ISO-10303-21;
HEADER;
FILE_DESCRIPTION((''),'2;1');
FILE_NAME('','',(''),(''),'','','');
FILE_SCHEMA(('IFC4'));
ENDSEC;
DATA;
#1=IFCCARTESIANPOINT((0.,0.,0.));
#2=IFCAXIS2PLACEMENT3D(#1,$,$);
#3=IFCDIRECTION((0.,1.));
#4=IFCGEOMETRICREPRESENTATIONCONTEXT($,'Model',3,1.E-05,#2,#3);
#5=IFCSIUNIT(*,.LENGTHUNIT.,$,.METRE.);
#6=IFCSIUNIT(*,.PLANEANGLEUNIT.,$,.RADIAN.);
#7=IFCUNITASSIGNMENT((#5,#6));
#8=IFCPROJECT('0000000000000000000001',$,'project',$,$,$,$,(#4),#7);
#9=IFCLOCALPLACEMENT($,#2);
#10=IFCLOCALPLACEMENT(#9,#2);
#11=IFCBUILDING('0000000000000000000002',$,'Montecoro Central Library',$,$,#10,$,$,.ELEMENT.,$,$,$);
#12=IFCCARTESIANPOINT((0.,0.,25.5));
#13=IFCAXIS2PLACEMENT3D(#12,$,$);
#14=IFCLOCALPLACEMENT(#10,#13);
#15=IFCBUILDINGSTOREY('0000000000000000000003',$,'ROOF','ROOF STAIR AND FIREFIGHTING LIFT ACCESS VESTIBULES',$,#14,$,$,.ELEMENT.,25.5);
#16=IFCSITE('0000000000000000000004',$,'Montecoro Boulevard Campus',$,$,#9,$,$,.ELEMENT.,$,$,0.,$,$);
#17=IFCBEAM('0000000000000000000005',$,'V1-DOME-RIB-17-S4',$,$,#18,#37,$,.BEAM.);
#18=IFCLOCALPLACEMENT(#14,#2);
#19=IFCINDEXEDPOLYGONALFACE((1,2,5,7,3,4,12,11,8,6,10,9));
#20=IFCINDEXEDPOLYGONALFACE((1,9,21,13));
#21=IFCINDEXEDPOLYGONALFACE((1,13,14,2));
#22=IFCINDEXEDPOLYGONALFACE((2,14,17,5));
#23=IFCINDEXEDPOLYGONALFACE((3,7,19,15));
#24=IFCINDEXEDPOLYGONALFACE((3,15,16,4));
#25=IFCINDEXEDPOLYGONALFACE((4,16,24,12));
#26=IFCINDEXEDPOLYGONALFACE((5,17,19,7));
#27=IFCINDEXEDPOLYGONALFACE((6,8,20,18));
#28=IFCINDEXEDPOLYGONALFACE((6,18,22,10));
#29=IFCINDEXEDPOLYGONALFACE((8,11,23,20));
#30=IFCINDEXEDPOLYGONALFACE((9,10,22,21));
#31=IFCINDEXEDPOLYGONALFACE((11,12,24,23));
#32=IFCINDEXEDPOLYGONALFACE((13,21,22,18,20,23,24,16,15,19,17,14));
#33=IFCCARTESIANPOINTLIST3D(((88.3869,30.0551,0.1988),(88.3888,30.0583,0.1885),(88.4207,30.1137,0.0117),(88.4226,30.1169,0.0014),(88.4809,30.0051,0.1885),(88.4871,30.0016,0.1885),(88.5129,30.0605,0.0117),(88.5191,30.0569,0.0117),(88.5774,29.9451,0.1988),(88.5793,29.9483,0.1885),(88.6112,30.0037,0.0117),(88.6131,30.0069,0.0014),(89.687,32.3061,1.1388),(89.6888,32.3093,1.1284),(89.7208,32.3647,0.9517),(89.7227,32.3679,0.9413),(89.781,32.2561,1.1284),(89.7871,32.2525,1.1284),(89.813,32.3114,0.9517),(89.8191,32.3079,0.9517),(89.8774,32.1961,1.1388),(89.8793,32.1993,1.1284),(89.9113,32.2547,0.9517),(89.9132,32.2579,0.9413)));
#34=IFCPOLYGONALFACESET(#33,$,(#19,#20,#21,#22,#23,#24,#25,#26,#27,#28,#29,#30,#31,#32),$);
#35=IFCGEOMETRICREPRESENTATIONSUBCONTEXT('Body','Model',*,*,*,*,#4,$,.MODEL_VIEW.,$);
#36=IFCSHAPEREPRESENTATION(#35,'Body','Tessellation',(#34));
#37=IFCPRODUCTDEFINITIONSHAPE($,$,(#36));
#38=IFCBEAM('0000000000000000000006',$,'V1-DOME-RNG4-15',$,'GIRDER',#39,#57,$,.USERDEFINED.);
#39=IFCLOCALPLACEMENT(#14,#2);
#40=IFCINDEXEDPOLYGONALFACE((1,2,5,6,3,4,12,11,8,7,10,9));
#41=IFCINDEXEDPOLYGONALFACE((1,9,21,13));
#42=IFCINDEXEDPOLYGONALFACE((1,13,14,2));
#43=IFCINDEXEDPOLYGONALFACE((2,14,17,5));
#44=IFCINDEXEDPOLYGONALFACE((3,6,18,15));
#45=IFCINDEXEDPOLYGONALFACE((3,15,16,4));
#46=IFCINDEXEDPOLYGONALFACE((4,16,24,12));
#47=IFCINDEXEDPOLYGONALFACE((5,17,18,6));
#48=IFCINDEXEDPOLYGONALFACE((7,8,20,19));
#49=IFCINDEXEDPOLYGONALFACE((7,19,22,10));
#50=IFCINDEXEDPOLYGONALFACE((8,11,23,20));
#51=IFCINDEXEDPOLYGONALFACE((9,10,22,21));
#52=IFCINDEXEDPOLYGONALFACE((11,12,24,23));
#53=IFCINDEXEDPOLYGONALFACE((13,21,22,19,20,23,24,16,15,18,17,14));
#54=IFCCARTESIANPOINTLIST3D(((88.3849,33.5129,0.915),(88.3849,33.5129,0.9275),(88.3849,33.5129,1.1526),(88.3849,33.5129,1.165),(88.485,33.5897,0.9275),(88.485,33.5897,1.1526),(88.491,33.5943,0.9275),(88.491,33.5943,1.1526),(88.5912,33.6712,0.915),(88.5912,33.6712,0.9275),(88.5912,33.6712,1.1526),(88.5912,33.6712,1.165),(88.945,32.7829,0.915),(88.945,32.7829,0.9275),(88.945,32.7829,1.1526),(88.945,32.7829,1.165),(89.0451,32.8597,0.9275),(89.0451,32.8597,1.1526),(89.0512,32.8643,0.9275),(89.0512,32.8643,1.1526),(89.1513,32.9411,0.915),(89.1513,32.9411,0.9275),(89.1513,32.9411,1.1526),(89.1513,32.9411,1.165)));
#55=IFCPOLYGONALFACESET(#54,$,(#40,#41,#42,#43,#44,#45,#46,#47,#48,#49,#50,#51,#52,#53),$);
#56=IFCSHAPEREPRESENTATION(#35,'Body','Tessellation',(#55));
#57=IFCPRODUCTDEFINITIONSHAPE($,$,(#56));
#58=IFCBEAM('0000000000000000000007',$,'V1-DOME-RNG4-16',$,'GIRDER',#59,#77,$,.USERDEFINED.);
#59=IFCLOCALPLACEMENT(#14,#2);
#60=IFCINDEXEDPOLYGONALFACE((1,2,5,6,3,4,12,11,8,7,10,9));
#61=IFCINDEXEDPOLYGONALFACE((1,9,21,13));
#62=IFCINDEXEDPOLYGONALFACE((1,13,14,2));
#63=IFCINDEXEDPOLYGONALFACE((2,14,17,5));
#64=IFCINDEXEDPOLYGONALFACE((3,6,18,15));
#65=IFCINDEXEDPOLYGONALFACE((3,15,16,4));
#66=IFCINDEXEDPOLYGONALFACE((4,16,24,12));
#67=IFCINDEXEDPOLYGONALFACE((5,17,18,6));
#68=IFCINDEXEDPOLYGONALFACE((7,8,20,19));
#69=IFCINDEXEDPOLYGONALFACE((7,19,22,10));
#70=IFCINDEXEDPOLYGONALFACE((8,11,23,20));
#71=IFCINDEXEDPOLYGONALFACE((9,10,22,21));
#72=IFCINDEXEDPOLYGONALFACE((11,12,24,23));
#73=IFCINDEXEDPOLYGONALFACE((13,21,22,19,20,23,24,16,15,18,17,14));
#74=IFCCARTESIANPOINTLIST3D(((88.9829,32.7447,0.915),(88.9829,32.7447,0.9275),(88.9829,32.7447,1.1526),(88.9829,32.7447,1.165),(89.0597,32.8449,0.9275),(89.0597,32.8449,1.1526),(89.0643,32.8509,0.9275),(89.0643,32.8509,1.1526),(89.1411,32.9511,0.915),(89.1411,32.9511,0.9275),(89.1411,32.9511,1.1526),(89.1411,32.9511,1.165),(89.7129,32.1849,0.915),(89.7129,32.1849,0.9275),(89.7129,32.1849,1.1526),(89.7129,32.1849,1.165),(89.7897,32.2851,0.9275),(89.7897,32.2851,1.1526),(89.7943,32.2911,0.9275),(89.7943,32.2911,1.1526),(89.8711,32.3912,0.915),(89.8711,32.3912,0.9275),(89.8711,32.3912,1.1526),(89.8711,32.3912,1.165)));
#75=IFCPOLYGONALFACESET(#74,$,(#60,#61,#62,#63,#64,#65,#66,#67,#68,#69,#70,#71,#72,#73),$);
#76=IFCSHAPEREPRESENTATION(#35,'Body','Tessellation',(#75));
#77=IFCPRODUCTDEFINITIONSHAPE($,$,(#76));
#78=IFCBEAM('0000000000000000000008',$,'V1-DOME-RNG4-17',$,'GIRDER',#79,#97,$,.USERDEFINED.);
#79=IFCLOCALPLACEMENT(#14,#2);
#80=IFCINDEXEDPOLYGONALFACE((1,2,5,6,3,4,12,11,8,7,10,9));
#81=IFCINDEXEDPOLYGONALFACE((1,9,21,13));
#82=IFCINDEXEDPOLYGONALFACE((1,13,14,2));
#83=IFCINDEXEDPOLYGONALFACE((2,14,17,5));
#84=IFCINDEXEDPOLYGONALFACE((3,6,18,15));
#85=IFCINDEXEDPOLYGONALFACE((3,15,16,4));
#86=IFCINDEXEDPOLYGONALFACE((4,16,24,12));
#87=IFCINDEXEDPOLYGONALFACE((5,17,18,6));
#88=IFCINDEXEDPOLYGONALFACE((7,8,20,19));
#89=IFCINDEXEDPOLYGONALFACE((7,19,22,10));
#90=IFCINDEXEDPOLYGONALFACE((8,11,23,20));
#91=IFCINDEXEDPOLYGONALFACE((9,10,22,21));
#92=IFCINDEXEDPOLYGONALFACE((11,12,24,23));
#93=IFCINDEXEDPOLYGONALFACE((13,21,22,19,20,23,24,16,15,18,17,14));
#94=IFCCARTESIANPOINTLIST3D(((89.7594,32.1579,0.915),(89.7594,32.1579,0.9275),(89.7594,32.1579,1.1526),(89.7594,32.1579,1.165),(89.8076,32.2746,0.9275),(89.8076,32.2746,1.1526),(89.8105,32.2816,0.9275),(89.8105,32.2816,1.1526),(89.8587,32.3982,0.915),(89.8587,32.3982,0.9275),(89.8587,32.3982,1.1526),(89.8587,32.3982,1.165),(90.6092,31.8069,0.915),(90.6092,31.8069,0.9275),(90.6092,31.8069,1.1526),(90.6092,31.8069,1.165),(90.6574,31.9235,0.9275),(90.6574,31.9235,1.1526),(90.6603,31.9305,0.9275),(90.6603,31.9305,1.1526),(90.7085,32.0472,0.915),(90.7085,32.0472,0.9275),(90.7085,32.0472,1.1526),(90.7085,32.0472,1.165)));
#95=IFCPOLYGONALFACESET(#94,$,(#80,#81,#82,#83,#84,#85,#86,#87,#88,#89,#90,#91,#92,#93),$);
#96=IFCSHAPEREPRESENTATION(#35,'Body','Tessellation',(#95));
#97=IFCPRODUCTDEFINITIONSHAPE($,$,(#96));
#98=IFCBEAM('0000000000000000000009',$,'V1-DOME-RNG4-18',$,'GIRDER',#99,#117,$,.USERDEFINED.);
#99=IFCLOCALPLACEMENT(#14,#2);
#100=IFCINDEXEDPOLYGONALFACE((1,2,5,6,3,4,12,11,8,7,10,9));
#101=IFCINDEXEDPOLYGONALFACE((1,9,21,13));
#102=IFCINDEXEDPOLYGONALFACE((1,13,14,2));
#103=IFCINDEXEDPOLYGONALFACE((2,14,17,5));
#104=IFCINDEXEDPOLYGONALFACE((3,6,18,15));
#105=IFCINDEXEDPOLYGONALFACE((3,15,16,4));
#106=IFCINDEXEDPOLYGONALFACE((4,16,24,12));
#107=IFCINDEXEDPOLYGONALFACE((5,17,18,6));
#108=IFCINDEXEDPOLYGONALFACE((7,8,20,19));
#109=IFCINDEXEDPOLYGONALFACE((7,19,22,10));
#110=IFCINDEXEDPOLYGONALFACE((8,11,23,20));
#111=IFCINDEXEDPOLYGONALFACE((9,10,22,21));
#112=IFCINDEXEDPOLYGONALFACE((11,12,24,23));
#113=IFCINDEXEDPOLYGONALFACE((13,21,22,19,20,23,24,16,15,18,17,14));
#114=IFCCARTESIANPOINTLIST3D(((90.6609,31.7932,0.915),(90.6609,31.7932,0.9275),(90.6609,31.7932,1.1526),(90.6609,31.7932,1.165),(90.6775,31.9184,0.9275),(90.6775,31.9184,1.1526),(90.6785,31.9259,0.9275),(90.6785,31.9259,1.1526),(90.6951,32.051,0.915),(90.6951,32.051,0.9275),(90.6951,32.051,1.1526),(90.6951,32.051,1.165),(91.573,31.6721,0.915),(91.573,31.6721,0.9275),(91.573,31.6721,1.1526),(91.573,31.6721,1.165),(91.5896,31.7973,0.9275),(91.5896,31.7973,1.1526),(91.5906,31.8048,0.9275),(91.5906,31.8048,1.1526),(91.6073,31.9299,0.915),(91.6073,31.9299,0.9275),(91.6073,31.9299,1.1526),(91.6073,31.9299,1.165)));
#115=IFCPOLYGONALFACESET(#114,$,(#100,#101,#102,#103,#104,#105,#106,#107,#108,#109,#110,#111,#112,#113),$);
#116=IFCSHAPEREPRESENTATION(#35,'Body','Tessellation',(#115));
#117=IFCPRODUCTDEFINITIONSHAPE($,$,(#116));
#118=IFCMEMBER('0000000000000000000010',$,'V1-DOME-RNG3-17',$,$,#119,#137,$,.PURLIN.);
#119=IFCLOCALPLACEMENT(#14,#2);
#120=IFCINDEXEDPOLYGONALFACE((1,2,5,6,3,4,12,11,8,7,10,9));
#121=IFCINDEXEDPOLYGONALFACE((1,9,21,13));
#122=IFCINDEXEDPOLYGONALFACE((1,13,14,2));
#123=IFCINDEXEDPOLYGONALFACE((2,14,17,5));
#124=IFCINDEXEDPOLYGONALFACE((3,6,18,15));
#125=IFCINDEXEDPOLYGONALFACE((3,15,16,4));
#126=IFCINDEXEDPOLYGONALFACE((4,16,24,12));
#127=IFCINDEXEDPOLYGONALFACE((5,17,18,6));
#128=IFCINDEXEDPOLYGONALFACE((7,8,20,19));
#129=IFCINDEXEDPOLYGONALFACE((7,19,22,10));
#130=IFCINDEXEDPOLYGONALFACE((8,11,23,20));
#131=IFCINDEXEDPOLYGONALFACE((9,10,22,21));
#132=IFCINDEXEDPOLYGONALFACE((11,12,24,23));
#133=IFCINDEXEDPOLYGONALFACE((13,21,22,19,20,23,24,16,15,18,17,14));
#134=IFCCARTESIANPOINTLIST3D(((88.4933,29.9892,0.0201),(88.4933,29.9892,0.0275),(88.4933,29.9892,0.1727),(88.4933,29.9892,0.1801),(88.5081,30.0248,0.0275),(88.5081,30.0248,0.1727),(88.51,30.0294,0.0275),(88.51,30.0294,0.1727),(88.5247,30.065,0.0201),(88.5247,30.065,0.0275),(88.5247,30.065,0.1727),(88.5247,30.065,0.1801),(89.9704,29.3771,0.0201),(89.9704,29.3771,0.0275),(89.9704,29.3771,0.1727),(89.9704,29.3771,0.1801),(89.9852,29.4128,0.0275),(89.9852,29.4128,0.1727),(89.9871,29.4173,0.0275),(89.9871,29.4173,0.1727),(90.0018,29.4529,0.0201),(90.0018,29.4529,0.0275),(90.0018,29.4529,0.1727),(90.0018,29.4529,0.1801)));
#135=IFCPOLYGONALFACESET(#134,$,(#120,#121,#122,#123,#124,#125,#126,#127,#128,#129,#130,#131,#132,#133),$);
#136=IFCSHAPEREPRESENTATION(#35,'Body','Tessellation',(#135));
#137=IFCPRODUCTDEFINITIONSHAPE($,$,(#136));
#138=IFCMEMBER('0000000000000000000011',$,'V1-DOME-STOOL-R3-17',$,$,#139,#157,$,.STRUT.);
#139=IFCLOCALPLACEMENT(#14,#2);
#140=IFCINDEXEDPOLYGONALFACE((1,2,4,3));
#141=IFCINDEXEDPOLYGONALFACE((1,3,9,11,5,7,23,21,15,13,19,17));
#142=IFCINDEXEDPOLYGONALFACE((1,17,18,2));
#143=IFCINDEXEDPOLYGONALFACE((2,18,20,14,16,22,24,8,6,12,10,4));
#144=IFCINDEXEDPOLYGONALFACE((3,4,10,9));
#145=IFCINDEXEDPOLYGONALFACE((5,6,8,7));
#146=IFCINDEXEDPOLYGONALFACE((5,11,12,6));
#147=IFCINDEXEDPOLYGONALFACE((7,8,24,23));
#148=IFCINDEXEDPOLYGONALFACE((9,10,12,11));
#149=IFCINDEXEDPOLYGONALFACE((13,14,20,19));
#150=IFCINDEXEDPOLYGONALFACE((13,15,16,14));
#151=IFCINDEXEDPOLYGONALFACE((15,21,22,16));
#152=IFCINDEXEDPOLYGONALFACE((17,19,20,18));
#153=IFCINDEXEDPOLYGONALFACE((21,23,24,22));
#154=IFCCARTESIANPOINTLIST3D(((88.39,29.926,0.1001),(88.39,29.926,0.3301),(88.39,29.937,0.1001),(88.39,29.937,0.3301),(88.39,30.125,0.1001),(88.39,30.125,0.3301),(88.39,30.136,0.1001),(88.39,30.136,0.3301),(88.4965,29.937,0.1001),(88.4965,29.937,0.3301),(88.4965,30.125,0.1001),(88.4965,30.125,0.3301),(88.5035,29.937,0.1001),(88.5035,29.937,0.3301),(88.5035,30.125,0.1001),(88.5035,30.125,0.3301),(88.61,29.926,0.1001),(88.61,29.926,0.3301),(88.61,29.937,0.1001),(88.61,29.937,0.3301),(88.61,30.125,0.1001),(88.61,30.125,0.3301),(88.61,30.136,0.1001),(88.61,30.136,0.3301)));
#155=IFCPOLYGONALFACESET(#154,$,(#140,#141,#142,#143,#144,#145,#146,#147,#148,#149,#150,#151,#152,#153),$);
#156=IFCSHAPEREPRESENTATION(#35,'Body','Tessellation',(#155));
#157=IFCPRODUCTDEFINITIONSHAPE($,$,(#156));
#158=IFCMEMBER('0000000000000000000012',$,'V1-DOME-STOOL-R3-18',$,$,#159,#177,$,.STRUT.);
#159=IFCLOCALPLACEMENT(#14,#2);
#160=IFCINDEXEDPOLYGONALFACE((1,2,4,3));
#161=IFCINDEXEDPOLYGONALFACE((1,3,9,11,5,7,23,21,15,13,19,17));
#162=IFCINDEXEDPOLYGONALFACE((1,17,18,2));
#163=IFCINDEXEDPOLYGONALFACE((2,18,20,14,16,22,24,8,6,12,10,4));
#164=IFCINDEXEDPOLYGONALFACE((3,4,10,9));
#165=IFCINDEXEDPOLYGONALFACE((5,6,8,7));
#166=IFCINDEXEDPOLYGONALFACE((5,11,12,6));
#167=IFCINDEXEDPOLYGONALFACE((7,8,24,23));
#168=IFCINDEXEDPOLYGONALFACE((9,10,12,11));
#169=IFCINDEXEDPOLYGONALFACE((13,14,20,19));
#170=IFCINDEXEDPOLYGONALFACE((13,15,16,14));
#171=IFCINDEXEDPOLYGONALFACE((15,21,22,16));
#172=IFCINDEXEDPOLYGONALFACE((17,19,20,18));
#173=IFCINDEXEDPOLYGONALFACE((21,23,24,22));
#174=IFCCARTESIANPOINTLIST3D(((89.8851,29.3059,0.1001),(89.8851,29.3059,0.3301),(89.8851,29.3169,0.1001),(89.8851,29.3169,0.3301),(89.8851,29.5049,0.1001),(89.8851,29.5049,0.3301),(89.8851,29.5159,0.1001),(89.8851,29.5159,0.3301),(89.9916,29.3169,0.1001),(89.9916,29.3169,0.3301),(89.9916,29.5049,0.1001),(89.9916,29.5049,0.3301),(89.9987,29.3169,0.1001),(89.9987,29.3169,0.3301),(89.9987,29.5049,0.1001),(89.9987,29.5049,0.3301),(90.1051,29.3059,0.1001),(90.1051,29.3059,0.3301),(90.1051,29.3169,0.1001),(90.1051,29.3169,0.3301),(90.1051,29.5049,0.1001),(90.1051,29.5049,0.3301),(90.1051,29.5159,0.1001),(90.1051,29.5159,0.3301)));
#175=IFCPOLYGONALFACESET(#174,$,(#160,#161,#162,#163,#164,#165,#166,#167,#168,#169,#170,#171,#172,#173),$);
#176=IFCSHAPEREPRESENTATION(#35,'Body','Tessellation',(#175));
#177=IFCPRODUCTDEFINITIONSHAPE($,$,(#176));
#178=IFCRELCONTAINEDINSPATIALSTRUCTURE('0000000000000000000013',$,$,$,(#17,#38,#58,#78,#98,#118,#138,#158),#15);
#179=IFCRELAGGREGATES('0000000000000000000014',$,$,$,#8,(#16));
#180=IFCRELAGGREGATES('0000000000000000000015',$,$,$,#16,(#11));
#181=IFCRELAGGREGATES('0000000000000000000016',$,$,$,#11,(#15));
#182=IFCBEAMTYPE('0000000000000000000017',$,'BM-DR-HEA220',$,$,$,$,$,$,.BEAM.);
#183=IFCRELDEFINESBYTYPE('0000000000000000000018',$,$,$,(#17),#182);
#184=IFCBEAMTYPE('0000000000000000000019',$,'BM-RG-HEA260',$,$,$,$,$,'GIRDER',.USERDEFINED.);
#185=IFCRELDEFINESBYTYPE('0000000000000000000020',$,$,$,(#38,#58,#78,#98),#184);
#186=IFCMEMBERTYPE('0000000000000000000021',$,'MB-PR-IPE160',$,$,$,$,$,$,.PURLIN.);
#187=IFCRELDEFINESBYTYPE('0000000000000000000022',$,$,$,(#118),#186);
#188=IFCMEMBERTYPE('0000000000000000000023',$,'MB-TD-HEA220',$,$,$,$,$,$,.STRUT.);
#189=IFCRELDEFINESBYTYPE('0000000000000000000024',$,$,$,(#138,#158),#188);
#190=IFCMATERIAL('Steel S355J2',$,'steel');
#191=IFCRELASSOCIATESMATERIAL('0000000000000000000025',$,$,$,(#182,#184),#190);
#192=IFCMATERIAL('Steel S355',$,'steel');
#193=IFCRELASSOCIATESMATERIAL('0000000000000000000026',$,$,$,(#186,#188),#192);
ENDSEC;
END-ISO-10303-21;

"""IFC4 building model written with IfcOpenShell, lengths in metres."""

from ifc_helpers import new_model, si_unit, direction, frame, origin, origin_2d, place, context, subcontext, project, spatial, i_section, extrude, material, material_profile, profile_set, type_object, element, save


model = new_model("IFC4")

# Units and contexts
model_context = context("Model", 3, precision=1e-05, world=origin(), true_north=direction((0.0, 1.0)))
body_context = subcontext(model_context, "Body", "Model", "MODEL_VIEW")
ifc_project = project(units=[si_unit("LENGTHUNIT", "METRE"), si_unit("PLANEANGLEUNIT", "RADIAN")], contexts=[model_context])

# Site, building, storey
site_placement = place(None, origin())
site = spatial("IfcSite", under=ifc_project, at=site_placement, Name="Montecoro Boulevard Campus", CompositionType="ELEMENT", RefElevation=0.0)
building_placement = place(site_placement, origin())
building = spatial("IfcBuilding", under=site, at=building_placement, Name="Montecoro Central Library", CompositionType="ELEMENT")
storey_placement = place(building_placement, frame((0.0, 0.0, 25.5)))
storey = spatial("IfcBuildingStorey", under=building, at=storey_placement, Name="ROOF", Description="ROOF STAIR AND FIREFIGHTING LIFT ACCESS VESTIBULES", CompositionType="ELEMENT", Elevation=25.5)

# Beams
ifc_material_1 = material(Name="Steel S355J2", Category="steel")
ifc_material_profile_1 = material_profile(ifc_material_1, i_section(OverallWidth=0.22, OverallDepth=0.21, WebThickness=0.0071, FlangeThickness=0.011, at=origin_2d()), Name="HEA 220")
ifc_profile_set_1 = profile_set([ifc_material_profile_1], Name="Steel S355J2")
beam_type_1 = type_object("IfcBeamType", Name="BM-DR-HEA220", PredefinedType="BEAM", material=ifc_profile_set_1)
beam_1_placement = place(storey_placement, frame((88.5, 30.031, 0.1001), z_axis=(0.470325, 0.814347, 0.340047), x_axis=(-0.865951, 0.500129, 0.0)))
element("IfcBeam", 1, at=beam_1_placement, inside=storey, type_object=beam_type_1, Name="V1-DOME-RIB-17-S4", PredefinedType="BEAM", context=body_context, shape_type="SweptSolid", body=[
    extrude(i_section(OverallWidth=0.22, OverallDepth=0.21, WebThickness=0.0071, FlangeThickness=0.011, at=origin_2d()), origin(), (0.0, 0.0, 1.0), 2.7642),
])
ifc_material_profile_2 = material_profile(ifc_material_1, i_section(OverallWidth=0.26, OverallDepth=0.25, WebThickness=0.0076, FlangeThickness=0.0125, at=origin_2d()), Name="HEA 260")
ifc_profile_set_2 = profile_set([ifc_material_profile_2], Name="Steel S355J2")
beam_type_2 = type_object("IfcBeamType", Name="BM-RG-HEA260", ElementType="GIRDER", PredefinedType="USERDEFINED", material=ifc_profile_set_2)
beam_2_placement = place(storey_placement, frame((88.488, 33.592, 1.04), z_axis=(0.60871, -0.793393, 0.0), x_axis=(0.793393, 0.60871, 0.0)))
element("IfcBeam", 2, at=beam_2_placement, inside=storey, type_object=beam_type_2, Name="V1-DOME-RNG4-15", ObjectType="GIRDER", PredefinedType="USERDEFINED", context=body_context, shape_type="SweptSolid", body=[
    extrude(i_section(OverallWidth=0.26, OverallDepth=0.25, WebThickness=0.0076, FlangeThickness=0.0125, at=origin_2d()), origin(), (0.0, 0.0, 1.0), 0.9202),
])
beam_3_placement = place(storey_placement, frame((89.062, 32.8479, 1.04), z_axis=(0.793521, -0.608543, 0.0), x_axis=(0.608543, 0.793521, 0.0)))
element("IfcBeam", 3, at=beam_3_placement, inside=storey, type_object=beam_type_2, Name="V1-DOME-RNG4-16", ObjectType="GIRDER", PredefinedType="USERDEFINED", context=body_context, shape_type="SweptSolid", body=[
    extrude(i_section(OverallWidth=0.26, OverallDepth=0.25, WebThickness=0.0076, FlangeThickness=0.0125, at=origin_2d()), origin(), (0.0, 0.0, 1.0), 0.9199),
])
beam_4_placement = place(storey_placement, frame((89.8091, 32.2781, 1.04), z_axis=(0.924243, -0.381805, 0.0), x_axis=(0.381805, 0.924243, 0.0)))
element("IfcBeam", 4, at=beam_4_placement, inside=storey, type_object=beam_type_2, Name="V1-DOME-RNG4-17", ObjectType="GIRDER", PredefinedType="USERDEFINED", context=body_context, shape_type="SweptSolid", body=[
    extrude(i_section(OverallWidth=0.26, OverallDepth=0.25, WebThickness=0.0076, FlangeThickness=0.0125, at=origin_2d()), origin(), (0.0, 0.0, 1.0), 0.9194),
])
beam_5_placement = place(storey_placement, frame((90.678, 31.9221, 1.04), z_axis=(0.991302, -0.131608, 0.0), x_axis=(0.131608, 0.991302, 0.0)))
element("IfcBeam", 5, at=beam_5_placement, inside=storey, type_object=beam_type_2, Name="V1-DOME-RNG4-18", ObjectType="GIRDER", PredefinedType="USERDEFINED", context=body_context, shape_type="SweptSolid", body=[
    extrude(i_section(OverallWidth=0.26, OverallDepth=0.25, WebThickness=0.0076, FlangeThickness=0.0125, at=origin_2d()), origin(), (0.0, 0.0, 1.0), 0.9202),
])

# Members
ifc_material_2 = material(Name="Steel S355", Category="steel")
ifc_material_profile_3 = material_profile(ifc_material_2, i_section(OverallWidth=0.082, OverallDepth=0.1599, WebThickness=0.0049, FlangeThickness=0.0073, at=origin_2d()), Name="IPE 160")
ifc_profile_set_3 = profile_set([ifc_material_profile_3], Name="Steel S355")
member_type_1 = type_object("IfcMemberType", Name="MB-PR-IPE160", PredefinedType="PURLIN", material=ifc_profile_set_3)
member_placement = place(storey_placement, frame((88.509, 30.0271, 0.1001), z_axis=(0.923825, -0.382815, 0.0), x_axis=(0.382815, 0.923825, 0.0)))
element("IfcMember", 6, at=member_placement, inside=storey, type_object=member_type_1, Name="V1-DOME-RNG3-17", PredefinedType="PURLIN", context=body_context, shape_type="SweptSolid", body=[
    extrude(i_section(OverallWidth=0.082, OverallDepth=0.1599, WebThickness=0.0049, FlangeThickness=0.0073, at=origin_2d()), origin(), (0.0, 0.0, 1.0), 1.5989),
])
ifc_material_profile_4 = material_profile(ifc_material_2, i_section(OverallWidth=0.22, OverallDepth=0.21, WebThickness=0.0071, FlangeThickness=0.011, at=origin_2d()), Name="HEA 220")
ifc_profile_set_4 = profile_set([ifc_material_profile_4], Name="Steel S355")
member_type_2 = type_object("IfcMemberType", Name="MB-TD-HEA220", PredefinedType="STRUT", material=ifc_profile_set_4)
for number, where, z_axis, x_axis, name in (
    (7, (88.5, 30.031, 0.1001), (0.0, 0.0, 1.0), (1.0, 0.0, 0.0), "V1-DOME-STOOL-R3-17"),
    (8, (89.9951, 29.4109, 0.1001), (0.0, 0.0, 1.0), (1.0, 0.0, 0.0), "V1-DOME-STOOL-R3-18"),
):
    element("IfcMember", number, at=place(storey_placement, frame(where, z_axis=z_axis, x_axis=x_axis)), inside=storey, type_object=member_type_2, Name=name, PredefinedType="STRUT", context=body_context, shape_type="SweptSolid", body=[
        extrude(i_section(OverallWidth=0.22, OverallDepth=0.21, WebThickness=0.0071, FlangeThickness=0.011, at=origin_2d()), origin(), (0.0, 0.0, 1.0), 0.23),
    ])

save(model, "model.ifc")
